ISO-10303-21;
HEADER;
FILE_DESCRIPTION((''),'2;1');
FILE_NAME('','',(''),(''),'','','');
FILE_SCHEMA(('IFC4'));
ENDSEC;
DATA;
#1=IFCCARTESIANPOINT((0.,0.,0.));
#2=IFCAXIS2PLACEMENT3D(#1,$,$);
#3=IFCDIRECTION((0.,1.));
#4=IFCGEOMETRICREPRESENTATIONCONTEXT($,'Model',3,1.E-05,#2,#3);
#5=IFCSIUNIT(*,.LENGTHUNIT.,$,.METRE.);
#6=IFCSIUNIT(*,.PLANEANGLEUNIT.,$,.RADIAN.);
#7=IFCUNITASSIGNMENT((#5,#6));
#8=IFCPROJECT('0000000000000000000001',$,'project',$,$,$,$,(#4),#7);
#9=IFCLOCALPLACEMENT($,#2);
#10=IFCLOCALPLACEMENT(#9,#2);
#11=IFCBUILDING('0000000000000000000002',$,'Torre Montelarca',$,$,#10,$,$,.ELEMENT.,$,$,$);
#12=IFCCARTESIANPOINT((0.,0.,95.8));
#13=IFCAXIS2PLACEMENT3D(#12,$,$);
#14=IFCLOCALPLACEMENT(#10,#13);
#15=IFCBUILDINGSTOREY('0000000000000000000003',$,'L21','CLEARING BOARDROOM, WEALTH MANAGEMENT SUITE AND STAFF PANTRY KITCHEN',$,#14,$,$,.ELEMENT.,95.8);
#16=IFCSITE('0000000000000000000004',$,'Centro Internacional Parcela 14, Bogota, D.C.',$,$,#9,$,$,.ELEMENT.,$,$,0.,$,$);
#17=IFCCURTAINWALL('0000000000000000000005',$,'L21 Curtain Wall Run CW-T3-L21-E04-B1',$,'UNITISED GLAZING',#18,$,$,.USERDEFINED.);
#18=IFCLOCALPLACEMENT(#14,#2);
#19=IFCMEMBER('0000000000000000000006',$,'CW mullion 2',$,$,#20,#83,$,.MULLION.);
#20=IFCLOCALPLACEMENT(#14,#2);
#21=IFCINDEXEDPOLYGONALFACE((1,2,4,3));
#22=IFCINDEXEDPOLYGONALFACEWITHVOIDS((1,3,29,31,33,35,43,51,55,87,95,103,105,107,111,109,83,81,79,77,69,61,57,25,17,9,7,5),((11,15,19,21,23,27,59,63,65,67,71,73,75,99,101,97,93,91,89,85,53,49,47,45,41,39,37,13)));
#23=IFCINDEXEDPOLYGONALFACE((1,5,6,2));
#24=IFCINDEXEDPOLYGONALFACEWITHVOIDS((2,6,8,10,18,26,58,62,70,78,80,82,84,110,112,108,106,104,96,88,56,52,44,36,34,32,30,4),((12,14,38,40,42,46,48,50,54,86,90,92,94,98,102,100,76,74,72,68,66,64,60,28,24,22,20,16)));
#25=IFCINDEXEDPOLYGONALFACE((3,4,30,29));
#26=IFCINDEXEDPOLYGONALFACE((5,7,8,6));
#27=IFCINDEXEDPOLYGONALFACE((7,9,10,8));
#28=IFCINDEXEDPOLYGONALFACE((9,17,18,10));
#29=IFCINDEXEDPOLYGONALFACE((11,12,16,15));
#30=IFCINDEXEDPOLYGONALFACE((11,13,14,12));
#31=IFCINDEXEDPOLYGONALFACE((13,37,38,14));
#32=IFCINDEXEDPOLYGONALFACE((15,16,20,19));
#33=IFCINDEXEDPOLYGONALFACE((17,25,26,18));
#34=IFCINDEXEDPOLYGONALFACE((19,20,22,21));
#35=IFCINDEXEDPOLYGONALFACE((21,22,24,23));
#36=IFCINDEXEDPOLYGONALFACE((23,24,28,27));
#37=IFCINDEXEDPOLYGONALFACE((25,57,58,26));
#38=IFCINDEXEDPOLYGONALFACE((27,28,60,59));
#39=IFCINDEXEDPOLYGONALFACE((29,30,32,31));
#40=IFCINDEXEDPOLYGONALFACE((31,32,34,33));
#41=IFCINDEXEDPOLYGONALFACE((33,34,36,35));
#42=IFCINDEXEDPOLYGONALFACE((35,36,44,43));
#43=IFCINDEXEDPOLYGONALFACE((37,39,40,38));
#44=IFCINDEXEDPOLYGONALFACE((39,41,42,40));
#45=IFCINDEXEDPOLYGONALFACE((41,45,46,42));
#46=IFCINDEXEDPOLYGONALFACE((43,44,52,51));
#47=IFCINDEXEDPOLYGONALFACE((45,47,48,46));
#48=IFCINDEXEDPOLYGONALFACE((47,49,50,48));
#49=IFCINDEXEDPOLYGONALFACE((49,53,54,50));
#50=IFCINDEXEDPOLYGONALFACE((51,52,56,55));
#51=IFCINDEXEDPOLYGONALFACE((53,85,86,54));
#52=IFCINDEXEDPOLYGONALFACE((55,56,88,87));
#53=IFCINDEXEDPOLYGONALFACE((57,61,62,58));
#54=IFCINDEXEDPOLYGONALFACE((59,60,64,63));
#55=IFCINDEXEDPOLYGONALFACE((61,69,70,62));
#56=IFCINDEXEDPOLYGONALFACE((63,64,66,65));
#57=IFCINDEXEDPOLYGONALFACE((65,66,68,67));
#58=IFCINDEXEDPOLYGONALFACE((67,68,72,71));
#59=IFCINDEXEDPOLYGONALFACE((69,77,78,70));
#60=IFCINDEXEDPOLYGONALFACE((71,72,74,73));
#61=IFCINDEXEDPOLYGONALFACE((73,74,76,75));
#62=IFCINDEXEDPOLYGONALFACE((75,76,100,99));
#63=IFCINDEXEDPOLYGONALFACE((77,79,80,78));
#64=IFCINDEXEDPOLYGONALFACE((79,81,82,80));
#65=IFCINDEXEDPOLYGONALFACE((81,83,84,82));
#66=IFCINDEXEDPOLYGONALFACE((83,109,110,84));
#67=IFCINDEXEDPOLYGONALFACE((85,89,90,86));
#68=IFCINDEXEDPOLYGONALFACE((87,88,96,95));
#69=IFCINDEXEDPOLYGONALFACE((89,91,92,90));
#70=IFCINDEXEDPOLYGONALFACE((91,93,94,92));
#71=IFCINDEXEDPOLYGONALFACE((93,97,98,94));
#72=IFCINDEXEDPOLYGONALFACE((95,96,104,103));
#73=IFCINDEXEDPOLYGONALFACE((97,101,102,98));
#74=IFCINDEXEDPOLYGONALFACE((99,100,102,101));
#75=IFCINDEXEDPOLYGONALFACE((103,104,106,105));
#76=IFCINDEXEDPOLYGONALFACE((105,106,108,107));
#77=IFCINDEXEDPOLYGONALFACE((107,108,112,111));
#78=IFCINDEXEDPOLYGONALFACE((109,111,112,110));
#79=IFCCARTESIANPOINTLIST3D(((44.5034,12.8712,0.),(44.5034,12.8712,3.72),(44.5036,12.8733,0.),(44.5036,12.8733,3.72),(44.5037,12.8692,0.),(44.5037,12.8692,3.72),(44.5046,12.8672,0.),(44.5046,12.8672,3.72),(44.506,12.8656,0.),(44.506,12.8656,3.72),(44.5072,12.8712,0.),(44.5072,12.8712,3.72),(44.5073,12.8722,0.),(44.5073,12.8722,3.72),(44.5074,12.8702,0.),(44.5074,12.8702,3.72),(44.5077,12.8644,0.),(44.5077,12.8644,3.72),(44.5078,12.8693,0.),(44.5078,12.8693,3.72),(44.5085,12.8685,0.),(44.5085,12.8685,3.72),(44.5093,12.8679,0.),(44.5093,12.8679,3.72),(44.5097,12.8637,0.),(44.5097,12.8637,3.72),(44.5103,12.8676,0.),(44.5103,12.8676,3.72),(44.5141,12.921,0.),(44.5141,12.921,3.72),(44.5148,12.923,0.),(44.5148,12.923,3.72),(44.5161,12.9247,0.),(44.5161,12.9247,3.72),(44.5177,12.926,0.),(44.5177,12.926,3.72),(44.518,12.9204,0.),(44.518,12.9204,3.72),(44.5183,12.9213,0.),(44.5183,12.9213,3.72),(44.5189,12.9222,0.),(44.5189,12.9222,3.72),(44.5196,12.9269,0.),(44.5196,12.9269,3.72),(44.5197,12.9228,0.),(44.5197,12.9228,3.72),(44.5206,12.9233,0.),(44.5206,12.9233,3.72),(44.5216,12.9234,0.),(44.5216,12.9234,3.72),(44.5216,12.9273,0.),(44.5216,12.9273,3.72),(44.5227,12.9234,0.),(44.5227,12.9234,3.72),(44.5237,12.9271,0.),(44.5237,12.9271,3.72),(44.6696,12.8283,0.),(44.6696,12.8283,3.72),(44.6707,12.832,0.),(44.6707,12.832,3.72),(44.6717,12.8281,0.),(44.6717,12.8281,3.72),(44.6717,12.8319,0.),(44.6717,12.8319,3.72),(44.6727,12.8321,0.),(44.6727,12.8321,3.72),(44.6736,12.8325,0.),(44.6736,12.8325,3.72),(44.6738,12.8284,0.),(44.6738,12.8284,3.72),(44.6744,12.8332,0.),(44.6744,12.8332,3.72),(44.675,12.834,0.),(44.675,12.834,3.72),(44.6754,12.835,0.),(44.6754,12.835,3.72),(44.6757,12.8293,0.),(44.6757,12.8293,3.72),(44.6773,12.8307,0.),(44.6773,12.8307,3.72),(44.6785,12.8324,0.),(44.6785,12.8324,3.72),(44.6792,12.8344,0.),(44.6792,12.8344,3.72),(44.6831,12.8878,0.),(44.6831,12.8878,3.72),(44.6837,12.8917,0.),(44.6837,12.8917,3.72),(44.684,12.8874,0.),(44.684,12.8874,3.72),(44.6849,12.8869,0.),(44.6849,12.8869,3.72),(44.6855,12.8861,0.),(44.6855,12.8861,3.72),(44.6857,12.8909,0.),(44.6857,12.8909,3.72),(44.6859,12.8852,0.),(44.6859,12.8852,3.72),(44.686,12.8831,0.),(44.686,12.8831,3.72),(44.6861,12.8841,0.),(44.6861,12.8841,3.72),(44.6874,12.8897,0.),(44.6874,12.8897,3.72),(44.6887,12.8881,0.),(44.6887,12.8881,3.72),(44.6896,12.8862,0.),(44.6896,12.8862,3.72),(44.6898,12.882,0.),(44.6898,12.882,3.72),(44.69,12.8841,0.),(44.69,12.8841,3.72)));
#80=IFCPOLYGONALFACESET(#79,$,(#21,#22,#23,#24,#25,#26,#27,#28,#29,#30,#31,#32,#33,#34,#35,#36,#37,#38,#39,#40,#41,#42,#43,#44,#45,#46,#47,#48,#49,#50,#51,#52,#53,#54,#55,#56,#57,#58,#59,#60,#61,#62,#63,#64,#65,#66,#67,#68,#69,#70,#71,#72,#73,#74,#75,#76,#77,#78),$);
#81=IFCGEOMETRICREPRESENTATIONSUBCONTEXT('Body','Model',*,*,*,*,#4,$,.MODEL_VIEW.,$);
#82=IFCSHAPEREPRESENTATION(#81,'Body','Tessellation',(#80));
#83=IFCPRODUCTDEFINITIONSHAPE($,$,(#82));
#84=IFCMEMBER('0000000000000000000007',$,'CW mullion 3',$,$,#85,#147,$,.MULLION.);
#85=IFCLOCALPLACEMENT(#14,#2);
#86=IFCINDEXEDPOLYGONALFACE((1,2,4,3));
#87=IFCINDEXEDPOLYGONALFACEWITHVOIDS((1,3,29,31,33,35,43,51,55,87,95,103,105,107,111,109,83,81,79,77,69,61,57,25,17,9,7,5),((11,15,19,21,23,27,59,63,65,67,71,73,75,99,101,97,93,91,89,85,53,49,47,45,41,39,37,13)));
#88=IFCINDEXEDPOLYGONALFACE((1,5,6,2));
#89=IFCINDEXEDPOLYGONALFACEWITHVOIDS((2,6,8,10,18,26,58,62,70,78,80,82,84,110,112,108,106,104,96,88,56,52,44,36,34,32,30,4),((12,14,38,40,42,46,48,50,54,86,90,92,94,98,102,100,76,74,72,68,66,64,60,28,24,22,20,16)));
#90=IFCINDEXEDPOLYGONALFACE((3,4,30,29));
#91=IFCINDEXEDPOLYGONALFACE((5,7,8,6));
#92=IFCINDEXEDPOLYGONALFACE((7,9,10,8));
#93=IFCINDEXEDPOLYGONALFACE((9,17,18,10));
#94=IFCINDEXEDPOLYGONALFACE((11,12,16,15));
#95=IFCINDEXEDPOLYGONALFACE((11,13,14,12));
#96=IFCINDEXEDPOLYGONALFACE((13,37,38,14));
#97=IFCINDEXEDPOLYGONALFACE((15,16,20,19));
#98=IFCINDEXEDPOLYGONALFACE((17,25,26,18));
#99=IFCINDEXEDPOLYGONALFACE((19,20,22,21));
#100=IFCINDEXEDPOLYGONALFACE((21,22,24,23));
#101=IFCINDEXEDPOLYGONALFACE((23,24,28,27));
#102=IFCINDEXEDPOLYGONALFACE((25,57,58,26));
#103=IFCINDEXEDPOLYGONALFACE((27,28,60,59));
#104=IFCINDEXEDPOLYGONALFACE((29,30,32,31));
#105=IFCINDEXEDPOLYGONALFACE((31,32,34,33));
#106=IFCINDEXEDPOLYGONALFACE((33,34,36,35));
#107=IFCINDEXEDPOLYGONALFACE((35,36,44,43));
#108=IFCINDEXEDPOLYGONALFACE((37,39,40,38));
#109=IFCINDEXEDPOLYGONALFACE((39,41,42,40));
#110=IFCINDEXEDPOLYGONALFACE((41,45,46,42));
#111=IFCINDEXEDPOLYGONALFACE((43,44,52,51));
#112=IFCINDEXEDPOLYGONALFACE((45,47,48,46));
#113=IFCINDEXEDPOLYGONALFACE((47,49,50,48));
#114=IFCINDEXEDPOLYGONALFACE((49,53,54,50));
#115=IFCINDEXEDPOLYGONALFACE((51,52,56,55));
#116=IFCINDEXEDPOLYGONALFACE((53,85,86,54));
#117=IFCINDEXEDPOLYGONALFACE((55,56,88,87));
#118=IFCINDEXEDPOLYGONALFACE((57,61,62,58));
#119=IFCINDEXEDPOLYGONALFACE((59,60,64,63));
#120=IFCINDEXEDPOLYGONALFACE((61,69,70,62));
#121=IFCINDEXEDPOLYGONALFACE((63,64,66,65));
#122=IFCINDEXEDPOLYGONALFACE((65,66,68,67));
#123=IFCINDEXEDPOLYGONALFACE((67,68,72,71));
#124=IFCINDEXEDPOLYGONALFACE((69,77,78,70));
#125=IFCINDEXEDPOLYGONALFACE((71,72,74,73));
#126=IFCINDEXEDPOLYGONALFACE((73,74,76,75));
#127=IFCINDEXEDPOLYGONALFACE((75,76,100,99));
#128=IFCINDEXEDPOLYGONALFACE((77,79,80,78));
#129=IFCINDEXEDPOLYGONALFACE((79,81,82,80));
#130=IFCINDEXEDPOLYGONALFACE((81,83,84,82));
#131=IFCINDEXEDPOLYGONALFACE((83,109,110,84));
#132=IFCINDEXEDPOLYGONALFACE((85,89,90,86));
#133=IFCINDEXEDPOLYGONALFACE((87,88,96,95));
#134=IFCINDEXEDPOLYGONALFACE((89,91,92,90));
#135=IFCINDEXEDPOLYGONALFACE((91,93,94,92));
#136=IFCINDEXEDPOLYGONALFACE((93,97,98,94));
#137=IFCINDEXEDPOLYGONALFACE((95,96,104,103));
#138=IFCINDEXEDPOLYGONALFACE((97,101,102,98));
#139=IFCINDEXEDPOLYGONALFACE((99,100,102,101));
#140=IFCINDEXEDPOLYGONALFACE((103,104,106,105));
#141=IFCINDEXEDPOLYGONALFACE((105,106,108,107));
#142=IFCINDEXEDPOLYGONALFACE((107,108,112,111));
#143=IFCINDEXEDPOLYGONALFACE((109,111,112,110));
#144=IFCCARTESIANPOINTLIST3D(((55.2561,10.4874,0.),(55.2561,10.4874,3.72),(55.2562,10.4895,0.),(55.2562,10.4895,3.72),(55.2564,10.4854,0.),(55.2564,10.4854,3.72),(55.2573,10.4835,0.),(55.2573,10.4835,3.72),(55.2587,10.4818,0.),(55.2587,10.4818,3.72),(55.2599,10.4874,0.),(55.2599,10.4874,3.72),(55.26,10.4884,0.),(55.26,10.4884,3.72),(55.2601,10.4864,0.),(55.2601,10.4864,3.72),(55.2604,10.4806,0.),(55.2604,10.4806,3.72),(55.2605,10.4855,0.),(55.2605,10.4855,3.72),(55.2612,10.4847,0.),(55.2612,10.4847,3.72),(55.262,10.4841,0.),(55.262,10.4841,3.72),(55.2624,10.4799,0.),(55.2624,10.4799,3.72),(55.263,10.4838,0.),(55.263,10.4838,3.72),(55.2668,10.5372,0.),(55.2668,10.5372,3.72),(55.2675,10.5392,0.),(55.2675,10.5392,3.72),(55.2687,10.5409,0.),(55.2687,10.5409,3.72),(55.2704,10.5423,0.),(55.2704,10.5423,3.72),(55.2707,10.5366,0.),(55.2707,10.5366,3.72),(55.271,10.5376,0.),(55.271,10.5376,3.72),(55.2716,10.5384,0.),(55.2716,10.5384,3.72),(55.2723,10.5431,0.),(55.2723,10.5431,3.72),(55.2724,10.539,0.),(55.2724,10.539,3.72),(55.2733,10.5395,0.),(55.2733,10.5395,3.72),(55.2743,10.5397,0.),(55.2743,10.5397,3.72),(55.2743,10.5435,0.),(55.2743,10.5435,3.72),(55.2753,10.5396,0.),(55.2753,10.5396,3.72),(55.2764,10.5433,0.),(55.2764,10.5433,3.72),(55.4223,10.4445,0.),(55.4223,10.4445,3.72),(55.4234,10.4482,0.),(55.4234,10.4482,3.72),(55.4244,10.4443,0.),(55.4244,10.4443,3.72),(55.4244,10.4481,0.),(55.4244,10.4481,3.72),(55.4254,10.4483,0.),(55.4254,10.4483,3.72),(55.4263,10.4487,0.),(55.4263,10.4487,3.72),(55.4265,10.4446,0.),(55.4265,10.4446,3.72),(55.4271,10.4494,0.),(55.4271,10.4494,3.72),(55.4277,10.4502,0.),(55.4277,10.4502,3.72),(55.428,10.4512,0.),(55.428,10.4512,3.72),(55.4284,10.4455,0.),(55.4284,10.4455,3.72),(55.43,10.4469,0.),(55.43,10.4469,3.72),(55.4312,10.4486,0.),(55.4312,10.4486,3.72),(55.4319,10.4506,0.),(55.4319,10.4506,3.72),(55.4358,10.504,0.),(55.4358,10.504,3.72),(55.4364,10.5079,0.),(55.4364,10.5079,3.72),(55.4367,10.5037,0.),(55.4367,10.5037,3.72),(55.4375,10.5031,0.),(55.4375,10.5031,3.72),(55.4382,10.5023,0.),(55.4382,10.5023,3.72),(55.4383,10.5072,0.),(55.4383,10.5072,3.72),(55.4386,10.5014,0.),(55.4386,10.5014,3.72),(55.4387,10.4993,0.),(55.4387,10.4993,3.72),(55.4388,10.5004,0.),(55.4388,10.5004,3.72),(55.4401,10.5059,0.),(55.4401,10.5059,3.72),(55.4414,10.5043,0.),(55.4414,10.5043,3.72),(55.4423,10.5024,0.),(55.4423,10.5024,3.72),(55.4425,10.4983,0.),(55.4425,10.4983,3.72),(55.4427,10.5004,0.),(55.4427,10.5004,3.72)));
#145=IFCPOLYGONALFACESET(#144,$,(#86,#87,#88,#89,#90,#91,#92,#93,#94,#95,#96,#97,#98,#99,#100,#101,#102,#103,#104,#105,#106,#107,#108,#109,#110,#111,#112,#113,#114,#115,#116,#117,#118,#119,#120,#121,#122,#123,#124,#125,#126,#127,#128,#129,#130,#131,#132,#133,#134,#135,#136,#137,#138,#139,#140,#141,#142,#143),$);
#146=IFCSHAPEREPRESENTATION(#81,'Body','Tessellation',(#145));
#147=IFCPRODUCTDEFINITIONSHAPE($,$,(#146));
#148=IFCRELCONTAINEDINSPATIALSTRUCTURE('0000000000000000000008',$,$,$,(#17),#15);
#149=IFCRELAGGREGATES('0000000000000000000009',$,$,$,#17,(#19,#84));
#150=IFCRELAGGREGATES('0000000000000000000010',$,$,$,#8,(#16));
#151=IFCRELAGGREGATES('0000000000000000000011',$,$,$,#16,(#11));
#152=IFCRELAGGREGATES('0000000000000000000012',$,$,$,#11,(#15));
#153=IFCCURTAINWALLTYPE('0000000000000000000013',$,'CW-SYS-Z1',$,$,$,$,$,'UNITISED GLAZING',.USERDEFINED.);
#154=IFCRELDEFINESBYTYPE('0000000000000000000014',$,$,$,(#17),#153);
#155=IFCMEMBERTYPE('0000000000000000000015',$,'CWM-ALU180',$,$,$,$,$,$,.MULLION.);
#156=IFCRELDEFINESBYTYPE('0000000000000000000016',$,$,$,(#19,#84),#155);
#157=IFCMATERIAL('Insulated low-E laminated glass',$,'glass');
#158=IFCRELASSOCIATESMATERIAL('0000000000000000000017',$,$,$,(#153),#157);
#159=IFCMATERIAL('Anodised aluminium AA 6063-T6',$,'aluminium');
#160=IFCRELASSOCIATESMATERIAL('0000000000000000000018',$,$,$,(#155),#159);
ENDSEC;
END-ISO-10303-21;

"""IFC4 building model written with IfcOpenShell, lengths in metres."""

from ifc_helpers import new_model, si_unit, direction, frame, origin, origin_2d, place, context, subcontext, project, spatial, hollow_rectangle, extrude, source, transform, mapped, material, material_profile, profile_set, type_object, element, aggregate, save


model = new_model("IFC4")

# Units and contexts
model_context = context("Model", 3, precision=1e-05, world=origin(), true_north=direction((0.0, 1.0)))
body_context = subcontext(model_context, "Body", "Model", "MODEL_VIEW")
ifc_project = project(units=[si_unit("LENGTHUNIT", "METRE"), si_unit("PLANEANGLEUNIT", "RADIAN")], contexts=[model_context])

# Site, building, storey
site_placement = place(None, origin())
site = spatial("IfcSite", under=ifc_project, at=site_placement, Name="Centro Internacional Parcela 14, Bogota, D.C.", CompositionType="ELEMENT", RefElevation=0.0)
building_placement = place(site_placement, origin())
building = spatial("IfcBuilding", under=site, at=building_placement, Name="Torre Montelarca", CompositionType="ELEMENT")
storey_placement = place(building_placement, frame((0.0, 0.0, 95.8)))
storey = spatial("IfcBuildingStorey", under=building, at=storey_placement, Name="L21", Description="CLEARING BOARDROOM, WEALTH MANAGEMENT SUITE AND STAFF PANTRY KITCHEN", CompositionType="ELEMENT", Elevation=95.8)

# Curtain wall
ifc_material_1 = material(Name="Insulated low-E laminated glass", Category="glass")
curtain_wall_type = type_object("IfcCurtainWallType", Name="CW-SYS-Z1", ElementType="UNITISED GLAZING", PredefinedType="USERDEFINED", material=ifc_material_1)
curtain_wall_1_placement = place(storey_placement, origin())
curtain_wall_1 = element("IfcCurtainWall", 1, at=curtain_wall_1_placement, inside=storey, type_object=curtain_wall_type, Name="L21 Curtain Wall Run CW-T3-L21-E04-B1", ObjectType="UNITISED GLAZING", PredefinedType="USERDEFINED")
ifc_material_2 = material(Name="Anodised aluminium AA 6063-T6", Category="aluminium")

# Members
ifc_material_profile_1 = material_profile(ifc_material_2, hollow_rectangle(XDim=0.0649, YDim=0.1799, WallThickness=0.0039, InnerFilletRadius=0.0039, OuterFilletRadius=0.0081, at=origin_2d()), Name="ALU65X180X4", Category="aluminium")
ifc_profile_set_1 = profile_set([ifc_material_profile_1], Name="Anodised aluminium AA 6063-T6")
member_type_1 = type_object("IfcMemberType", Name="CWM-ALU180", PredefinedType="MULLION", material=ifc_profile_set_1)
shared_shape_1 = source(origin(), body_context, "Body", "SweptSolid", [
    extrude(hollow_rectangle(XDim=0.0649, YDim=0.1799, WallThickness=0.0039, InnerFilletRadius=0.0039, OuterFilletRadius=0.0081, at=origin_2d()), origin(), (0.0, 0.0, 1.0), 3.72),
])
member_1_placement = place(storey_placement, frame((44.5967, 12.8777, 0.0), z_axis=(0.0, 0.0, 1.0), x_axis=(0.216437, 0.976297, 0.0)))
member_1 = element("IfcMember", 2, at=member_1_placement, type_object=member_type_1, Name="CW mullion 2", PredefinedType="MULLION", context=body_context, shape_type="MappedRepresentation", body=[
    mapped(shared_shape_1, transform((0.0, 0.0, 0.0), scale=1.0)),
])
member_2_placement = place(storey_placement, frame((55.3494, 10.4939, 0.0), z_axis=(0.0, 0.0, 1.0), x_axis=(0.216437, 0.976297, 0.0)))
member_2 = element("IfcMember", 3, at=member_2_placement, type_object=member_type_1, Name="CW mullion 3", PredefinedType="MULLION", context=body_context, shape_type="MappedRepresentation", body=[
    mapped(shared_shape_1, transform((0.0, 0.0, 0.0), scale=1.0)),
])

aggregate(curtain_wall_1, [member_1, member_2])

save(model, "model.ifc")
